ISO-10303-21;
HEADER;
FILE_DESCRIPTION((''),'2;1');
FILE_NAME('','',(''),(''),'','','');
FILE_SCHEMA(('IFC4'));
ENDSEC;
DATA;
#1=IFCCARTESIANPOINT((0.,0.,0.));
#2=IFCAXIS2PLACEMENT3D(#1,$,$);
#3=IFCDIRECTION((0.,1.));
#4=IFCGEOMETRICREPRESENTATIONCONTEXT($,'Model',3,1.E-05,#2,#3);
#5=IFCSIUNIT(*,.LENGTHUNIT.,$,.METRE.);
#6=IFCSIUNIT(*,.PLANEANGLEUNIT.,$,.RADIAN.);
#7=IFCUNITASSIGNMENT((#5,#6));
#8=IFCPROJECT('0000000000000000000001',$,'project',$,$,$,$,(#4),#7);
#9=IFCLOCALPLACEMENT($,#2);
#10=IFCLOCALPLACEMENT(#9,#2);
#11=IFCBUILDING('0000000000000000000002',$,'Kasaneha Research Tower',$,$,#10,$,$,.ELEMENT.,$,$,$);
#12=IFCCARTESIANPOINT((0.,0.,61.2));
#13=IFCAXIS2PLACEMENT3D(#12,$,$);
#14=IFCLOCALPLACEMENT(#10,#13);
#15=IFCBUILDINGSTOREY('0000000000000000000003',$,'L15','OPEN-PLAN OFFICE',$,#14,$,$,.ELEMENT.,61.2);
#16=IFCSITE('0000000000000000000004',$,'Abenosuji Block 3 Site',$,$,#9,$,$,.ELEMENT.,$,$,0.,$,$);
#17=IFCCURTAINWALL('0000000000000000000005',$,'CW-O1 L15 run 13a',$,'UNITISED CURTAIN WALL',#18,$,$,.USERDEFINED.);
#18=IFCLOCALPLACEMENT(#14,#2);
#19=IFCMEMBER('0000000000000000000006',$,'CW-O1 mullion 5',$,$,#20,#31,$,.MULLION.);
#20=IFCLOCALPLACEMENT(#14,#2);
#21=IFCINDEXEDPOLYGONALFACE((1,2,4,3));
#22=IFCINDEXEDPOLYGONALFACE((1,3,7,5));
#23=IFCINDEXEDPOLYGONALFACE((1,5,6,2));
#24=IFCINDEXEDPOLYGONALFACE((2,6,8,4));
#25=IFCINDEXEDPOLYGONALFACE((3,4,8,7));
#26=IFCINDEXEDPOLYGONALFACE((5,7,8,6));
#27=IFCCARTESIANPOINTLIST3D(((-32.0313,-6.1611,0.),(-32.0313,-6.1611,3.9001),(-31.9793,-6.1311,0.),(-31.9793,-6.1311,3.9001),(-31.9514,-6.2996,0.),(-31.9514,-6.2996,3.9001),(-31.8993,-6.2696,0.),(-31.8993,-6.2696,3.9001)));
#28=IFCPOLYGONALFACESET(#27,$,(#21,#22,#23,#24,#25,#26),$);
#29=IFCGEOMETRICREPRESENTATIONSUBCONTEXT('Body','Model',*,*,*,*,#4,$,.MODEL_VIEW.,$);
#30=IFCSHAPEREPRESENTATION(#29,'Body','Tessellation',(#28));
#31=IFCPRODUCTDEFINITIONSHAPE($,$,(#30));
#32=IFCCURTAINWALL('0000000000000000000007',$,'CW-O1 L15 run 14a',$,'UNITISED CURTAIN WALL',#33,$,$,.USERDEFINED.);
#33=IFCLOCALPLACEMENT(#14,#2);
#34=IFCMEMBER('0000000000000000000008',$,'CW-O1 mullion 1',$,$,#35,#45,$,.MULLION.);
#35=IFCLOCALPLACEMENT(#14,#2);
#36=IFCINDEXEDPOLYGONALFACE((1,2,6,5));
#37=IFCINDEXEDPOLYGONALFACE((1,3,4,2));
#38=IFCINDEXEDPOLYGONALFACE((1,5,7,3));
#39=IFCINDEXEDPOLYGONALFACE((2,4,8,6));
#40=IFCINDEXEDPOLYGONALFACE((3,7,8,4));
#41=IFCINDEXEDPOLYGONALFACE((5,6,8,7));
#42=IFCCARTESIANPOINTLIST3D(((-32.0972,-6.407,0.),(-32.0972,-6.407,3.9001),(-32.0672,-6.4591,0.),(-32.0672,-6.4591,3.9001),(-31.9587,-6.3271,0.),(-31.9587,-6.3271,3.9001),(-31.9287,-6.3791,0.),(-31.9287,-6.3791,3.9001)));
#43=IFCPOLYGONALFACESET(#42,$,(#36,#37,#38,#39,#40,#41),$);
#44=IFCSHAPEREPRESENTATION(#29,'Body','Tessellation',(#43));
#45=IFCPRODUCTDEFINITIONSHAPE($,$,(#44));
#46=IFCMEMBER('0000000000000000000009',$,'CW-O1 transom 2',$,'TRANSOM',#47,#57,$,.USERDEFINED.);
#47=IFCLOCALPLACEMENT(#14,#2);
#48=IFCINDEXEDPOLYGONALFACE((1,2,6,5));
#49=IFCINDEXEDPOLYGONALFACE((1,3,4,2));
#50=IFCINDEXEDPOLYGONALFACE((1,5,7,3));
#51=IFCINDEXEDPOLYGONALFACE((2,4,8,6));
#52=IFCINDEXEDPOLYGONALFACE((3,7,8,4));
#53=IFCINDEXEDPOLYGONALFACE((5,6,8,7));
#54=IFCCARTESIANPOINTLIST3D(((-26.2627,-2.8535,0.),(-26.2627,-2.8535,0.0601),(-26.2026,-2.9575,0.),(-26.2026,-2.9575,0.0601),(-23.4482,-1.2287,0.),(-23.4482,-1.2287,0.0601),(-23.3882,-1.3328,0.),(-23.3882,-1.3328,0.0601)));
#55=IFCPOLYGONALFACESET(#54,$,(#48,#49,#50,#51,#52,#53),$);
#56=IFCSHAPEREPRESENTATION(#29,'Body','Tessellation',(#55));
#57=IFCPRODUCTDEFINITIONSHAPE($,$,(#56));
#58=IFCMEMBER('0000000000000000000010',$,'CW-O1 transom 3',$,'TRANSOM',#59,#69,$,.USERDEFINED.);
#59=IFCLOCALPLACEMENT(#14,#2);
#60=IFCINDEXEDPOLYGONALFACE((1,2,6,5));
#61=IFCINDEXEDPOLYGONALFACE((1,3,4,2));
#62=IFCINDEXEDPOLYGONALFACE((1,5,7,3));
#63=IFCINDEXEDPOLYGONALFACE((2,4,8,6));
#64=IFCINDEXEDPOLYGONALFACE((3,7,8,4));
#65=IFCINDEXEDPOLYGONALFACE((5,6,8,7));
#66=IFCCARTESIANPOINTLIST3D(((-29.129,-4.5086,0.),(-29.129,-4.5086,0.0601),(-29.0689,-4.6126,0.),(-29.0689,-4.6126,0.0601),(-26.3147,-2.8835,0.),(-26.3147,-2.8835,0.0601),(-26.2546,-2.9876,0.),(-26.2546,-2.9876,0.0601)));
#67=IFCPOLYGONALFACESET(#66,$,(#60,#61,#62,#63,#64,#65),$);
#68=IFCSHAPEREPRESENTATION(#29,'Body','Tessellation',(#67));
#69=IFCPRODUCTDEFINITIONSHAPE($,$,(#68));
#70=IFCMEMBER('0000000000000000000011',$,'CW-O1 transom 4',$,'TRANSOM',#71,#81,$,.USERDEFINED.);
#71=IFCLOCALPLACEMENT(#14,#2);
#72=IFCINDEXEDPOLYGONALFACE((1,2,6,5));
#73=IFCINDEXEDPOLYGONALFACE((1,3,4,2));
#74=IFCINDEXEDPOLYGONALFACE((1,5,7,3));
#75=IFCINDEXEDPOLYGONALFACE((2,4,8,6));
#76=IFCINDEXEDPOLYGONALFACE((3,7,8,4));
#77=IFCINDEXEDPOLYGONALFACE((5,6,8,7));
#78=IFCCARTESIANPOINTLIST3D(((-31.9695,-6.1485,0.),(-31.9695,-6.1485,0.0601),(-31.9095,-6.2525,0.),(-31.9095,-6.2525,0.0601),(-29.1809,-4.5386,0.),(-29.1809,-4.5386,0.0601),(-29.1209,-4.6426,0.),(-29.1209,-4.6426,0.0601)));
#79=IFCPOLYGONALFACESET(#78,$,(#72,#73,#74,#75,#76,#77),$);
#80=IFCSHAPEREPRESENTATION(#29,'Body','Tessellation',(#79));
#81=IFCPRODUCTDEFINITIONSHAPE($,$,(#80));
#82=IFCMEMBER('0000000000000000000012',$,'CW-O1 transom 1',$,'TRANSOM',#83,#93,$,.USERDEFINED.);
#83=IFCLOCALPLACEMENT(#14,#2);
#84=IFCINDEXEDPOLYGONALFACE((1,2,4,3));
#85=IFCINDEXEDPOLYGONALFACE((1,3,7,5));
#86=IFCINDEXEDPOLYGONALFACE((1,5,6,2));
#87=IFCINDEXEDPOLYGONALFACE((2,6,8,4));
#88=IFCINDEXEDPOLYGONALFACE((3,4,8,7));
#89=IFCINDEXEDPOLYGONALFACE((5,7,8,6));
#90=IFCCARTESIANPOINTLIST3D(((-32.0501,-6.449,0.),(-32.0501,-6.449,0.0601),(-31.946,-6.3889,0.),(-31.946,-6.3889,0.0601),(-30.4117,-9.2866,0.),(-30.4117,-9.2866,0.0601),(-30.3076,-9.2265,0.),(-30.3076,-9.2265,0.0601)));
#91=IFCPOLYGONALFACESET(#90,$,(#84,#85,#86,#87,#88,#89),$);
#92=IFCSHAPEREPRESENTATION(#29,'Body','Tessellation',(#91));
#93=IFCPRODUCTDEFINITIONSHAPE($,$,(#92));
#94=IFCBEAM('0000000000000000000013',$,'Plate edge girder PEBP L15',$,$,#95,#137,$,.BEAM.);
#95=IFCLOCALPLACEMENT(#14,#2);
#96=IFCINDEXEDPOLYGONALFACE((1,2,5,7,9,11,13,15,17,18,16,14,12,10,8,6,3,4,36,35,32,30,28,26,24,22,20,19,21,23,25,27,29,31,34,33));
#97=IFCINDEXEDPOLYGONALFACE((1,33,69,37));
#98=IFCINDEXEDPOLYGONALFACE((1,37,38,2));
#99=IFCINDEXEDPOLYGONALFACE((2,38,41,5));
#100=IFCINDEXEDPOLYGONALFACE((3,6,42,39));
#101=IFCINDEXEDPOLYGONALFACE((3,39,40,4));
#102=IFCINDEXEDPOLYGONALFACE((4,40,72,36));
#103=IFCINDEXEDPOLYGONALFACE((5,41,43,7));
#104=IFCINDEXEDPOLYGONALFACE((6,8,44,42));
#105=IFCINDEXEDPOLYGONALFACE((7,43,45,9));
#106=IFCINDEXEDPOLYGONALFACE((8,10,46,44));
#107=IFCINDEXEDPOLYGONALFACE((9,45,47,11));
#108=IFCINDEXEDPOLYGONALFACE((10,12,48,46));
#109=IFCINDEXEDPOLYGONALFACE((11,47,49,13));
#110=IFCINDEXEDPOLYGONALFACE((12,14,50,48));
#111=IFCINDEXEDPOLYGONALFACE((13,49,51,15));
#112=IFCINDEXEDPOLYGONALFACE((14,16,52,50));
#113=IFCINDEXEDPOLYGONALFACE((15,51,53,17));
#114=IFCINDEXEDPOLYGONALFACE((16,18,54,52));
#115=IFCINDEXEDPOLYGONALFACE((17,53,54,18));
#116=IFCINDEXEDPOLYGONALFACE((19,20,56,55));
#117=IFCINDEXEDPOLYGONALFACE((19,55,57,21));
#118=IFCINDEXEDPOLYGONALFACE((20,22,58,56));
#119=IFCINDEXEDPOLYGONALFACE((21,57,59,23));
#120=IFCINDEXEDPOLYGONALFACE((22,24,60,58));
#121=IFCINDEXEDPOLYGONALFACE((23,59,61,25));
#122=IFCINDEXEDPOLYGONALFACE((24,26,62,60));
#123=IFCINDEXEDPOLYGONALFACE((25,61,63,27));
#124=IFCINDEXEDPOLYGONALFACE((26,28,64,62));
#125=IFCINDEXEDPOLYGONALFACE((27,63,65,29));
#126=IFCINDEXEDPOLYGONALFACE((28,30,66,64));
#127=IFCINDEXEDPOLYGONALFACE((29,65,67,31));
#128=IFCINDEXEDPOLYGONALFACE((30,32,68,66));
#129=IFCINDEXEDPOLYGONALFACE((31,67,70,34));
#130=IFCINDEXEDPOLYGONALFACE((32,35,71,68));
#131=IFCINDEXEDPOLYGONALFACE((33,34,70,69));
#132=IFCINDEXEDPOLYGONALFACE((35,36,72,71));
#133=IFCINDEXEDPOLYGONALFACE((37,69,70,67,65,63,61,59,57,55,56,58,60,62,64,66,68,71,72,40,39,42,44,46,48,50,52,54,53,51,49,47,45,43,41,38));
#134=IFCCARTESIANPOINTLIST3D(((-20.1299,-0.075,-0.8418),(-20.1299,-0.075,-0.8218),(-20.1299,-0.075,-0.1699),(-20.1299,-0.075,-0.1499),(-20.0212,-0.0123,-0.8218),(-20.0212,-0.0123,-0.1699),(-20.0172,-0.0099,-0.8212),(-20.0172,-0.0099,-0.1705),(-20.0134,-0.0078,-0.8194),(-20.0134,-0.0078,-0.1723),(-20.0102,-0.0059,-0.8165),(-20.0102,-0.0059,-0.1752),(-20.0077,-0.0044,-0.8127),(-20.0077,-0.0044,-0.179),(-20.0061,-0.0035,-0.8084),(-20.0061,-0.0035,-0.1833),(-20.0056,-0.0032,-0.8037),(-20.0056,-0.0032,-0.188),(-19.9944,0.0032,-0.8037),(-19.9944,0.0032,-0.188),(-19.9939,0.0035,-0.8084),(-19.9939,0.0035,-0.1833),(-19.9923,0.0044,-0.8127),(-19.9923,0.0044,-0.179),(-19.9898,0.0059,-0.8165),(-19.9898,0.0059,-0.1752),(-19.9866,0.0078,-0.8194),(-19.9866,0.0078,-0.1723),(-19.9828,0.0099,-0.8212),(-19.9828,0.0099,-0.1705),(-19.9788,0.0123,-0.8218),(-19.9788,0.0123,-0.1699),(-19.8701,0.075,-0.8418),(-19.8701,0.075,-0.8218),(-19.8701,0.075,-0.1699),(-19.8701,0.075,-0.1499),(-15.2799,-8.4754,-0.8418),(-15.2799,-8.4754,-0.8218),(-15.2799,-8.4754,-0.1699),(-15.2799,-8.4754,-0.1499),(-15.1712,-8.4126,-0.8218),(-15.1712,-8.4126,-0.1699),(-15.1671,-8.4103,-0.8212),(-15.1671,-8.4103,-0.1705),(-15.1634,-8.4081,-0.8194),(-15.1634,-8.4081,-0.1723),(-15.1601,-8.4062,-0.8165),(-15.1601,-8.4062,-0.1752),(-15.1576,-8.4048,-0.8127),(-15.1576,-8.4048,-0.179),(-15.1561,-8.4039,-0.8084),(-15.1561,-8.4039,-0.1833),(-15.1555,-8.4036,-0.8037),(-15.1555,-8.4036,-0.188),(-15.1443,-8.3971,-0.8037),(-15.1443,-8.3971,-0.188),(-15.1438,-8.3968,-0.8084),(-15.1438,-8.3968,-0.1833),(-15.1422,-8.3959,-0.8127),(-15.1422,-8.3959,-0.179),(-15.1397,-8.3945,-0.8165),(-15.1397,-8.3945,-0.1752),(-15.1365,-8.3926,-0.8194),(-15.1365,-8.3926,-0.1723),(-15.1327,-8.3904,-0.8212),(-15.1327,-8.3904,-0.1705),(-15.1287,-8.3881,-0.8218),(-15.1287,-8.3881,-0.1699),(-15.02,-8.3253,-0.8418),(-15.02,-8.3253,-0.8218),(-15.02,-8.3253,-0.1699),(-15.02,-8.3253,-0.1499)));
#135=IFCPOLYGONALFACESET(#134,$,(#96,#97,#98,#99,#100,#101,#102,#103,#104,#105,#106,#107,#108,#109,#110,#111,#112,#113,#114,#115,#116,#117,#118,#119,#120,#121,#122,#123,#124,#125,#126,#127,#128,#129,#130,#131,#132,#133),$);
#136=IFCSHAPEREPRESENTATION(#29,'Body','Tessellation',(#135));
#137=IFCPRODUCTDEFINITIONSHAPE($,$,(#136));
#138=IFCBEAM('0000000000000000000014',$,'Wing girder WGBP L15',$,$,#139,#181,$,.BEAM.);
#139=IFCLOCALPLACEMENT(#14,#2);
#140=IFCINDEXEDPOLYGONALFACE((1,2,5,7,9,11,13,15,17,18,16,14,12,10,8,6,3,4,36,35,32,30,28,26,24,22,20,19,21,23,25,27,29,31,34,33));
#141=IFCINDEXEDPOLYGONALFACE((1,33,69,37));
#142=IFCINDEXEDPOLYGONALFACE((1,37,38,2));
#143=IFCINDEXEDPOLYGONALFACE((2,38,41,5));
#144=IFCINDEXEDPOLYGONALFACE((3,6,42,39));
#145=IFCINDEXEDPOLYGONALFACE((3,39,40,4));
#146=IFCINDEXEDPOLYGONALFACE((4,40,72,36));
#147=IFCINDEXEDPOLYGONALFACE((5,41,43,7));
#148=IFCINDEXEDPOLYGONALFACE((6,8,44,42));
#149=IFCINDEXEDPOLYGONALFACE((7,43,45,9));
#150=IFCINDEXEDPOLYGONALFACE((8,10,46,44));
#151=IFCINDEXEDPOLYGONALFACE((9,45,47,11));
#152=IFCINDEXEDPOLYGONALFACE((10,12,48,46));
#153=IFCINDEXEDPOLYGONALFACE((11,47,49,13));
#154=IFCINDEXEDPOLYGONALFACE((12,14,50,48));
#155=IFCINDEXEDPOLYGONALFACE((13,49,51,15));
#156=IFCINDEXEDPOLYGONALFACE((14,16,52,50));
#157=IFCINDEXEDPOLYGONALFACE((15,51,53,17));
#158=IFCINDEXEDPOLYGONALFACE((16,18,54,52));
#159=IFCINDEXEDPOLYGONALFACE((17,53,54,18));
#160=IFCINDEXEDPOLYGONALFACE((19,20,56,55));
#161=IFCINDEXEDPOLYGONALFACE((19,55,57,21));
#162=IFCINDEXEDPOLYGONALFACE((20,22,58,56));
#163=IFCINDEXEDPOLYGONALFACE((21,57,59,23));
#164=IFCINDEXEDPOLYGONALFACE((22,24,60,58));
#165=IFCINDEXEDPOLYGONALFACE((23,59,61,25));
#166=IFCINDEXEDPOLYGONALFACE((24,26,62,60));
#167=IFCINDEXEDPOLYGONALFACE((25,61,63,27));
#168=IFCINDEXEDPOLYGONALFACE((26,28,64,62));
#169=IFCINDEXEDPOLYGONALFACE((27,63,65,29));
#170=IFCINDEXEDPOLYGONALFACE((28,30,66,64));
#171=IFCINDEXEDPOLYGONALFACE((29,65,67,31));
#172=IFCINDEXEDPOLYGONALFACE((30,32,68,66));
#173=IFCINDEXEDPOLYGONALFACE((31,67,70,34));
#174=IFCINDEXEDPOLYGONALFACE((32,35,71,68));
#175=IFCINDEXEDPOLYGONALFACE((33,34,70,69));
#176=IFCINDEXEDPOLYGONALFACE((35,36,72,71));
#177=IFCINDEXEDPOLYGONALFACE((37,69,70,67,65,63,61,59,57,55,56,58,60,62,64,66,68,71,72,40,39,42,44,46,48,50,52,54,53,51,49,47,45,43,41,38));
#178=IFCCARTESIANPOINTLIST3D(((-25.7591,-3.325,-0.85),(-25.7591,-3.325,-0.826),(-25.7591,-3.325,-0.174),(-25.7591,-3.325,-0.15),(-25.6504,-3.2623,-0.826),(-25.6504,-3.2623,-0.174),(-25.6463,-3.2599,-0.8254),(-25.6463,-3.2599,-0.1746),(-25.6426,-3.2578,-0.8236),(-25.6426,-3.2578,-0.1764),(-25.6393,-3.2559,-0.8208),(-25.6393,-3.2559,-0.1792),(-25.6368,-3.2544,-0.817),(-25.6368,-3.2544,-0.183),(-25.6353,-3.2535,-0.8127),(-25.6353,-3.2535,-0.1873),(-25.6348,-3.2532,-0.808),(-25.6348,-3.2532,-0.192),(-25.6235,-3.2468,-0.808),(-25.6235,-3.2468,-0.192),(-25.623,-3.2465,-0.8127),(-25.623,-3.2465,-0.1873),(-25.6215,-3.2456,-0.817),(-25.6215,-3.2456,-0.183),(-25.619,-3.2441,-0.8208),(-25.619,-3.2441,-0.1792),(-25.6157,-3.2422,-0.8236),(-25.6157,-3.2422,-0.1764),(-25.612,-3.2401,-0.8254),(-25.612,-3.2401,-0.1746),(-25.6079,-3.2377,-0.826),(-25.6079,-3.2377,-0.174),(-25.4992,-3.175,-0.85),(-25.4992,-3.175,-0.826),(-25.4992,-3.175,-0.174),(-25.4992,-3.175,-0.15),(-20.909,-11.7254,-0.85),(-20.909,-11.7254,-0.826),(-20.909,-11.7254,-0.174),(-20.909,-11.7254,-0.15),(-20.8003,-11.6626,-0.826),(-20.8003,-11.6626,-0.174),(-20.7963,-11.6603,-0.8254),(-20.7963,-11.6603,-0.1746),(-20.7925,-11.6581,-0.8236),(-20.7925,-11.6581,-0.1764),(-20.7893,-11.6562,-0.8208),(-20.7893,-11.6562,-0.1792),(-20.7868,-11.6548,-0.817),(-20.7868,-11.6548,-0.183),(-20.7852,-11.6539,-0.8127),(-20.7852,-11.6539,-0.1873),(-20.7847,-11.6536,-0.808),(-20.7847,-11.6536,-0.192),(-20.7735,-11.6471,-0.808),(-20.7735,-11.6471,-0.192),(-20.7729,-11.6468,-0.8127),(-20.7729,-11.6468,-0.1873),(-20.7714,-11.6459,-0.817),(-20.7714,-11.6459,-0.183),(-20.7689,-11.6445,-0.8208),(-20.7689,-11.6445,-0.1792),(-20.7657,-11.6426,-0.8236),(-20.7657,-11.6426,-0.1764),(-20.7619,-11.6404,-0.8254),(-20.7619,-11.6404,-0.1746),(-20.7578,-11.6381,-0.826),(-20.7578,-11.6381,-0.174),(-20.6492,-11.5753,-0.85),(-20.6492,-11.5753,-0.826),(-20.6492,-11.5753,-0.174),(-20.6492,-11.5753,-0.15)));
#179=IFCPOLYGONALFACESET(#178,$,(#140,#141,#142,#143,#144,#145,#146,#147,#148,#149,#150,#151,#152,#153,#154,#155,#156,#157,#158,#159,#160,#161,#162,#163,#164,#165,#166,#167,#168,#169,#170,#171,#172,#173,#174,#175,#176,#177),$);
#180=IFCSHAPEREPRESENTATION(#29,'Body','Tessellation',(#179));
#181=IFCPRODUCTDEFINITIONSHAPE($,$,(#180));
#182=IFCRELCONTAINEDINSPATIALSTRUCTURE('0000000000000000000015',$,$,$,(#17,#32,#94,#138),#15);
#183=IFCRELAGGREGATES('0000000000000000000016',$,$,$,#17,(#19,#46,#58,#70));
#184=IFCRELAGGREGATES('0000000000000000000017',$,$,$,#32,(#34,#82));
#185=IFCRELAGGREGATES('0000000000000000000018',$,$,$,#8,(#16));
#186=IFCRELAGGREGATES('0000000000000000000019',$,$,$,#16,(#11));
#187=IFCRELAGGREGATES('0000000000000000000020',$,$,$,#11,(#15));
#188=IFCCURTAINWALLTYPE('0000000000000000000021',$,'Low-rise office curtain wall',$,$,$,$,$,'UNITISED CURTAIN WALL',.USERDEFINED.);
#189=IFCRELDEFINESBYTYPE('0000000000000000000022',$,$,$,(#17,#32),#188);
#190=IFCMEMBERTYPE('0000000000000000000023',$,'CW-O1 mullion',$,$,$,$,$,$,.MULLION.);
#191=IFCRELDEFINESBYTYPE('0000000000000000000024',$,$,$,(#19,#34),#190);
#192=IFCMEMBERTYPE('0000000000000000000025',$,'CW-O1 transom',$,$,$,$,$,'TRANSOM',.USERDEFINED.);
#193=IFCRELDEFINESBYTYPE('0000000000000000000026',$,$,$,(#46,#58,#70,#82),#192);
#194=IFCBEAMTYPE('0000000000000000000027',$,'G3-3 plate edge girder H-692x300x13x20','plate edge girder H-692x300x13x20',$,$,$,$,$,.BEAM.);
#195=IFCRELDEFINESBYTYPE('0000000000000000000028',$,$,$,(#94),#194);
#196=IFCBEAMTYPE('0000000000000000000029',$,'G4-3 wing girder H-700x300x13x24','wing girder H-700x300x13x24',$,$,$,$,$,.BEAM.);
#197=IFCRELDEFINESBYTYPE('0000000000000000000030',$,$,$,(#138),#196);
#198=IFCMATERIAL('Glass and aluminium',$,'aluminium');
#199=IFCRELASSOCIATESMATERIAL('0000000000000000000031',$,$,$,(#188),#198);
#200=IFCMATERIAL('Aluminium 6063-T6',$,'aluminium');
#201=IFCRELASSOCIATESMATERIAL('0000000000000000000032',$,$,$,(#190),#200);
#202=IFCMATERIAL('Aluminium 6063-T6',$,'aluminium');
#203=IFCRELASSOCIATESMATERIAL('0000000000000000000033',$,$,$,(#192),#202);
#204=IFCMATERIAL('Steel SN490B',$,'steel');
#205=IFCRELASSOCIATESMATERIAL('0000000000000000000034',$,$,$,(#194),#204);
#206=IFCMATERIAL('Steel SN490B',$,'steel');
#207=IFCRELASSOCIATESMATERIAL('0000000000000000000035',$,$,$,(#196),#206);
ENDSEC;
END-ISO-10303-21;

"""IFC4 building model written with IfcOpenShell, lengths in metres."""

from ifc_helpers import new_model, si_unit, direction, frame, origin, origin_2d, place, context, subcontext, project, spatial, rectangle, i_section, extrude, material, material_profile, profile_set, type_object, element, aggregate, save


model = new_model("IFC4")

# Units and contexts
model_context = context("Model", 3, precision=1e-05, world=origin(), true_north=direction((0.0, 1.0)))
body_context = subcontext(model_context, "Body", "Model", "MODEL_VIEW")
ifc_project = project(units=[si_unit("LENGTHUNIT", "METRE"), si_unit("PLANEANGLEUNIT", "RADIAN")], contexts=[model_context])

# Site, building, storey
site_placement = place(None, origin())
site = spatial("IfcSite", under=ifc_project, at=site_placement, Name="Abenosuji Block 3 Site", CompositionType="ELEMENT", RefElevation=0.0)
building_placement = place(site_placement, origin())
building = spatial("IfcBuilding", under=site, at=building_placement, Name="Kasaneha Research Tower", CompositionType="ELEMENT")
storey_placement = place(building_placement, frame((0.0, 0.0, 61.2)))
storey = spatial("IfcBuildingStorey", under=building, at=storey_placement, Name="L15", Description="OPEN-PLAN OFFICE", CompositionType="ELEMENT", Elevation=61.2)

# Curtain wall, member
ifc_material_1 = material(Name="Glass and aluminium", Category="aluminium")
curtain_wall_type = type_object("IfcCurtainWallType", Name="Low-rise office curtain wall", ElementType="UNITISED CURTAIN WALL", PredefinedType="USERDEFINED", material=ifc_material_1)
curtain_wall_1_placement = place(storey_placement, origin())
curtain_wall_1 = element("IfcCurtainWall", 1, at=curtain_wall_1_placement, inside=storey, type_object=curtain_wall_type, Name="CW-O1 L15 run 13a", ObjectType="UNITISED CURTAIN WALL", PredefinedType="USERDEFINED")
ifc_material_2 = material(Name="Aluminium 6063-T6", Category="aluminium")
ifc_material_profile_1 = material_profile(ifc_material_2, rectangle(XDim=0.0601, YDim=0.1599, at=origin_2d()), Name="CW-O1 mullion 60x160")
ifc_profile_set_1 = profile_set([ifc_material_profile_1], Name="Aluminium 6063-T6")
member_type_1 = type_object("IfcMemberType", Name="CW-O1 mullion", PredefinedType="MULLION", material=ifc_profile_set_1)
member_1_placement = place(storey_placement, frame((-31.9653, -6.2153, 0.0), z_axis=(0.0, 0.0, 1.0), x_axis=(-0.866025, -0.5, 0.0)))
member_1 = element("IfcMember", 2, at=member_1_placement, type_object=member_type_1, Name="CW-O1 mullion 5", PredefinedType="MULLION", context=body_context, shape_type="SweptSolid", body=[
    extrude(rectangle(XDim=0.0601, YDim=0.1599, at=origin_2d()), origin(), (0.0, 0.0, 1.0), 3.9001),
])

# Curtain wall, member
curtain_wall_2_placement = place(storey_placement, origin())
curtain_wall_2 = element("IfcCurtainWall", 3, at=curtain_wall_2_placement, inside=storey, type_object=curtain_wall_type, Name="CW-O1 L15 run 14a", ObjectType="UNITISED CURTAIN WALL", PredefinedType="USERDEFINED")
member_2_placement = place(storey_placement, frame((-32.0129, -6.3931, 0.0), z_axis=(0.0, 0.0, 1.0), x_axis=(0.5, -0.866025, 0.0)))
member_2 = element("IfcMember", 4, at=member_2_placement, type_object=member_type_1, Name="CW-O1 mullion 1", PredefinedType="MULLION", context=body_context, shape_type="SweptSolid", body=[
    extrude(rectangle(XDim=0.0601, YDim=0.1599, at=origin_2d()), origin(), (0.0, 0.0, 1.0), 3.9001),
])

# Members
ifc_material_3 = material(Name="Aluminium 6063-T6", Category="aluminium")
ifc_material_profile_2 = material_profile(ifc_material_3, rectangle(XDim=0.1201, YDim=0.0601, at=origin_2d()), Name="CW-O1 transom 120x60")
ifc_profile_set_2 = profile_set([ifc_material_profile_2], Name="Aluminium 6063-T6")
member_type_2 = type_object("IfcMemberType", Name="CW-O1 transom", ElementType="TRANSOM", PredefinedType="USERDEFINED", material=ifc_profile_set_2)
member_3_placement = place(storey_placement, frame((-23.4182, -1.2808, 0.03), z_axis=(-0.866048, -0.499961, 0.0), x_axis=(0.499961, -0.866048, 0.0)))
member_3 = element("IfcMember", 5, at=member_3_placement, type_object=member_type_2, Name="CW-O1 transom 2", ObjectType="TRANSOM", PredefinedType="USERDEFINED", context=body_context, shape_type="SweptSolid", body=[
    extrude(rectangle(XDim=0.1201, YDim=0.0601, at=origin_2d()), origin(), (0.0, 0.0, 1.0), 3.2498),
])
member_4_placement = place(storey_placement, frame((-26.2847, -2.9355, 0.03), z_axis=(-0.865997, -0.50005, 0.0), x_axis=(0.50005, -0.865997, 0.0)))
member_4 = element("IfcMember", 6, at=member_4_placement, type_object=member_type_2, Name="CW-O1 transom 3", ObjectType="TRANSOM", PredefinedType="USERDEFINED", context=body_context, shape_type="SweptSolid", body=[
    extrude(rectangle(XDim=0.1201, YDim=0.0601, at=origin_2d()), origin(), (0.0, 0.0, 1.0), 3.2498),
])
member_5_placement = place(storey_placement, frame((-29.1509, -4.5906, 0.03), z_axis=(-0.866042, -0.499972, 0.0), x_axis=(0.499972, -0.866042, 0.0)))
member_5 = element("IfcMember", 7, at=member_5_placement, type_object=member_type_2, Name="CW-O1 transom 4", ObjectType="TRANSOM", PredefinedType="USERDEFINED", context=body_context, shape_type="SweptSolid", body=[
    extrude(rectangle(XDim=0.1201, YDim=0.0601, at=origin_2d()), origin(), (0.0, 0.0, 1.0), 3.22),
])
member_6_placement = place(storey_placement, frame((-31.998, -6.4189, 0.03), z_axis=(0.500026, -0.866011, 0.0), x_axis=(0.866011, 0.500026, 0.0)))
member_6 = element("IfcMember", 8, at=member_6_placement, type_object=member_type_2, Name="CW-O1 transom 1", ObjectType="TRANSOM", PredefinedType="USERDEFINED", context=body_context, shape_type="SweptSolid", body=[
    extrude(rectangle(XDim=0.1201, YDim=0.0601, at=origin_2d()), origin(), (0.0, 0.0, 1.0), 3.2766),
])

# Beams
ifc_material_4 = material(Name="Steel SN490B", Category="steel")
ifc_material_profile_3 = material_profile(ifc_material_4, i_section(OverallWidth=0.3, OverallDepth=0.6919, WebThickness=0.0129, FlangeThickness=0.02, FilletRadius=0.0181, at=origin_2d()), Name="H-692x300x13x20")
ifc_profile_set_3 = profile_set([ifc_material_profile_3], Name="Steel SN490B")
beam_type_1 = type_object("IfcBeamType", Name="G3-3 plate edge girder H-692x300x13x20", Description="plate edge girder H-692x300x13x20", PredefinedType="BEAM", material=ifc_profile_set_3)
beam_1_placement = place(storey_placement, frame((-20.0, 0.0, -0.4958), z_axis=(0.50001, -0.86602, 0.0), x_axis=(0.86602, 0.50001, 0.0)))
element("IfcBeam", 9, at=beam_1_placement, inside=storey, type_object=beam_type_1, Name="Plate edge girder PEBP L15", PredefinedType="BEAM", context=body_context, shape_type="SweptSolid", body=[
    extrude(i_section(OverallWidth=0.3, OverallDepth=0.6919, WebThickness=0.0129, FlangeThickness=0.02, FilletRadius=0.0181, at=origin_2d()), origin(), (0.0, 0.0, 1.0), 9.7),
])
ifc_material_5 = material(Name="Steel SN490B", Category="steel")
ifc_material_profile_4 = material_profile(ifc_material_5, i_section(OverallWidth=0.3, OverallDepth=0.7, WebThickness=0.0129, FlangeThickness=0.0239, FilletRadius=0.0181, at=origin_2d()), Name="H-700x300x13x24")
ifc_profile_set_4 = profile_set([ifc_material_profile_4], Name="Steel SN490B")
beam_type_2 = type_object("IfcBeamType", Name="G4-3 wing girder H-700x300x13x24", Description="wing girder H-700x300x13x24", PredefinedType="BEAM", material=ifc_profile_set_4)
beam_2_placement = place(storey_placement, frame((-25.6292, -3.25, -0.5), z_axis=(0.50001, -0.86602, 0.0), x_axis=(0.86602, 0.50001, 0.0)))
element("IfcBeam", 10, at=beam_2_placement, inside=storey, type_object=beam_type_2, Name="Wing girder WGBP L15", PredefinedType="BEAM", context=body_context, shape_type="SweptSolid", body=[
    extrude(i_section(OverallWidth=0.3, OverallDepth=0.7, WebThickness=0.0129, FlangeThickness=0.0239, FilletRadius=0.0181, at=origin_2d()), origin(), (0.0, 0.0, 1.0), 9.7),
])

aggregate(curtain_wall_1, [member_1, member_3, member_4, member_5])
aggregate(curtain_wall_2, [member_2, member_6])

save(model, "model.ifc")
